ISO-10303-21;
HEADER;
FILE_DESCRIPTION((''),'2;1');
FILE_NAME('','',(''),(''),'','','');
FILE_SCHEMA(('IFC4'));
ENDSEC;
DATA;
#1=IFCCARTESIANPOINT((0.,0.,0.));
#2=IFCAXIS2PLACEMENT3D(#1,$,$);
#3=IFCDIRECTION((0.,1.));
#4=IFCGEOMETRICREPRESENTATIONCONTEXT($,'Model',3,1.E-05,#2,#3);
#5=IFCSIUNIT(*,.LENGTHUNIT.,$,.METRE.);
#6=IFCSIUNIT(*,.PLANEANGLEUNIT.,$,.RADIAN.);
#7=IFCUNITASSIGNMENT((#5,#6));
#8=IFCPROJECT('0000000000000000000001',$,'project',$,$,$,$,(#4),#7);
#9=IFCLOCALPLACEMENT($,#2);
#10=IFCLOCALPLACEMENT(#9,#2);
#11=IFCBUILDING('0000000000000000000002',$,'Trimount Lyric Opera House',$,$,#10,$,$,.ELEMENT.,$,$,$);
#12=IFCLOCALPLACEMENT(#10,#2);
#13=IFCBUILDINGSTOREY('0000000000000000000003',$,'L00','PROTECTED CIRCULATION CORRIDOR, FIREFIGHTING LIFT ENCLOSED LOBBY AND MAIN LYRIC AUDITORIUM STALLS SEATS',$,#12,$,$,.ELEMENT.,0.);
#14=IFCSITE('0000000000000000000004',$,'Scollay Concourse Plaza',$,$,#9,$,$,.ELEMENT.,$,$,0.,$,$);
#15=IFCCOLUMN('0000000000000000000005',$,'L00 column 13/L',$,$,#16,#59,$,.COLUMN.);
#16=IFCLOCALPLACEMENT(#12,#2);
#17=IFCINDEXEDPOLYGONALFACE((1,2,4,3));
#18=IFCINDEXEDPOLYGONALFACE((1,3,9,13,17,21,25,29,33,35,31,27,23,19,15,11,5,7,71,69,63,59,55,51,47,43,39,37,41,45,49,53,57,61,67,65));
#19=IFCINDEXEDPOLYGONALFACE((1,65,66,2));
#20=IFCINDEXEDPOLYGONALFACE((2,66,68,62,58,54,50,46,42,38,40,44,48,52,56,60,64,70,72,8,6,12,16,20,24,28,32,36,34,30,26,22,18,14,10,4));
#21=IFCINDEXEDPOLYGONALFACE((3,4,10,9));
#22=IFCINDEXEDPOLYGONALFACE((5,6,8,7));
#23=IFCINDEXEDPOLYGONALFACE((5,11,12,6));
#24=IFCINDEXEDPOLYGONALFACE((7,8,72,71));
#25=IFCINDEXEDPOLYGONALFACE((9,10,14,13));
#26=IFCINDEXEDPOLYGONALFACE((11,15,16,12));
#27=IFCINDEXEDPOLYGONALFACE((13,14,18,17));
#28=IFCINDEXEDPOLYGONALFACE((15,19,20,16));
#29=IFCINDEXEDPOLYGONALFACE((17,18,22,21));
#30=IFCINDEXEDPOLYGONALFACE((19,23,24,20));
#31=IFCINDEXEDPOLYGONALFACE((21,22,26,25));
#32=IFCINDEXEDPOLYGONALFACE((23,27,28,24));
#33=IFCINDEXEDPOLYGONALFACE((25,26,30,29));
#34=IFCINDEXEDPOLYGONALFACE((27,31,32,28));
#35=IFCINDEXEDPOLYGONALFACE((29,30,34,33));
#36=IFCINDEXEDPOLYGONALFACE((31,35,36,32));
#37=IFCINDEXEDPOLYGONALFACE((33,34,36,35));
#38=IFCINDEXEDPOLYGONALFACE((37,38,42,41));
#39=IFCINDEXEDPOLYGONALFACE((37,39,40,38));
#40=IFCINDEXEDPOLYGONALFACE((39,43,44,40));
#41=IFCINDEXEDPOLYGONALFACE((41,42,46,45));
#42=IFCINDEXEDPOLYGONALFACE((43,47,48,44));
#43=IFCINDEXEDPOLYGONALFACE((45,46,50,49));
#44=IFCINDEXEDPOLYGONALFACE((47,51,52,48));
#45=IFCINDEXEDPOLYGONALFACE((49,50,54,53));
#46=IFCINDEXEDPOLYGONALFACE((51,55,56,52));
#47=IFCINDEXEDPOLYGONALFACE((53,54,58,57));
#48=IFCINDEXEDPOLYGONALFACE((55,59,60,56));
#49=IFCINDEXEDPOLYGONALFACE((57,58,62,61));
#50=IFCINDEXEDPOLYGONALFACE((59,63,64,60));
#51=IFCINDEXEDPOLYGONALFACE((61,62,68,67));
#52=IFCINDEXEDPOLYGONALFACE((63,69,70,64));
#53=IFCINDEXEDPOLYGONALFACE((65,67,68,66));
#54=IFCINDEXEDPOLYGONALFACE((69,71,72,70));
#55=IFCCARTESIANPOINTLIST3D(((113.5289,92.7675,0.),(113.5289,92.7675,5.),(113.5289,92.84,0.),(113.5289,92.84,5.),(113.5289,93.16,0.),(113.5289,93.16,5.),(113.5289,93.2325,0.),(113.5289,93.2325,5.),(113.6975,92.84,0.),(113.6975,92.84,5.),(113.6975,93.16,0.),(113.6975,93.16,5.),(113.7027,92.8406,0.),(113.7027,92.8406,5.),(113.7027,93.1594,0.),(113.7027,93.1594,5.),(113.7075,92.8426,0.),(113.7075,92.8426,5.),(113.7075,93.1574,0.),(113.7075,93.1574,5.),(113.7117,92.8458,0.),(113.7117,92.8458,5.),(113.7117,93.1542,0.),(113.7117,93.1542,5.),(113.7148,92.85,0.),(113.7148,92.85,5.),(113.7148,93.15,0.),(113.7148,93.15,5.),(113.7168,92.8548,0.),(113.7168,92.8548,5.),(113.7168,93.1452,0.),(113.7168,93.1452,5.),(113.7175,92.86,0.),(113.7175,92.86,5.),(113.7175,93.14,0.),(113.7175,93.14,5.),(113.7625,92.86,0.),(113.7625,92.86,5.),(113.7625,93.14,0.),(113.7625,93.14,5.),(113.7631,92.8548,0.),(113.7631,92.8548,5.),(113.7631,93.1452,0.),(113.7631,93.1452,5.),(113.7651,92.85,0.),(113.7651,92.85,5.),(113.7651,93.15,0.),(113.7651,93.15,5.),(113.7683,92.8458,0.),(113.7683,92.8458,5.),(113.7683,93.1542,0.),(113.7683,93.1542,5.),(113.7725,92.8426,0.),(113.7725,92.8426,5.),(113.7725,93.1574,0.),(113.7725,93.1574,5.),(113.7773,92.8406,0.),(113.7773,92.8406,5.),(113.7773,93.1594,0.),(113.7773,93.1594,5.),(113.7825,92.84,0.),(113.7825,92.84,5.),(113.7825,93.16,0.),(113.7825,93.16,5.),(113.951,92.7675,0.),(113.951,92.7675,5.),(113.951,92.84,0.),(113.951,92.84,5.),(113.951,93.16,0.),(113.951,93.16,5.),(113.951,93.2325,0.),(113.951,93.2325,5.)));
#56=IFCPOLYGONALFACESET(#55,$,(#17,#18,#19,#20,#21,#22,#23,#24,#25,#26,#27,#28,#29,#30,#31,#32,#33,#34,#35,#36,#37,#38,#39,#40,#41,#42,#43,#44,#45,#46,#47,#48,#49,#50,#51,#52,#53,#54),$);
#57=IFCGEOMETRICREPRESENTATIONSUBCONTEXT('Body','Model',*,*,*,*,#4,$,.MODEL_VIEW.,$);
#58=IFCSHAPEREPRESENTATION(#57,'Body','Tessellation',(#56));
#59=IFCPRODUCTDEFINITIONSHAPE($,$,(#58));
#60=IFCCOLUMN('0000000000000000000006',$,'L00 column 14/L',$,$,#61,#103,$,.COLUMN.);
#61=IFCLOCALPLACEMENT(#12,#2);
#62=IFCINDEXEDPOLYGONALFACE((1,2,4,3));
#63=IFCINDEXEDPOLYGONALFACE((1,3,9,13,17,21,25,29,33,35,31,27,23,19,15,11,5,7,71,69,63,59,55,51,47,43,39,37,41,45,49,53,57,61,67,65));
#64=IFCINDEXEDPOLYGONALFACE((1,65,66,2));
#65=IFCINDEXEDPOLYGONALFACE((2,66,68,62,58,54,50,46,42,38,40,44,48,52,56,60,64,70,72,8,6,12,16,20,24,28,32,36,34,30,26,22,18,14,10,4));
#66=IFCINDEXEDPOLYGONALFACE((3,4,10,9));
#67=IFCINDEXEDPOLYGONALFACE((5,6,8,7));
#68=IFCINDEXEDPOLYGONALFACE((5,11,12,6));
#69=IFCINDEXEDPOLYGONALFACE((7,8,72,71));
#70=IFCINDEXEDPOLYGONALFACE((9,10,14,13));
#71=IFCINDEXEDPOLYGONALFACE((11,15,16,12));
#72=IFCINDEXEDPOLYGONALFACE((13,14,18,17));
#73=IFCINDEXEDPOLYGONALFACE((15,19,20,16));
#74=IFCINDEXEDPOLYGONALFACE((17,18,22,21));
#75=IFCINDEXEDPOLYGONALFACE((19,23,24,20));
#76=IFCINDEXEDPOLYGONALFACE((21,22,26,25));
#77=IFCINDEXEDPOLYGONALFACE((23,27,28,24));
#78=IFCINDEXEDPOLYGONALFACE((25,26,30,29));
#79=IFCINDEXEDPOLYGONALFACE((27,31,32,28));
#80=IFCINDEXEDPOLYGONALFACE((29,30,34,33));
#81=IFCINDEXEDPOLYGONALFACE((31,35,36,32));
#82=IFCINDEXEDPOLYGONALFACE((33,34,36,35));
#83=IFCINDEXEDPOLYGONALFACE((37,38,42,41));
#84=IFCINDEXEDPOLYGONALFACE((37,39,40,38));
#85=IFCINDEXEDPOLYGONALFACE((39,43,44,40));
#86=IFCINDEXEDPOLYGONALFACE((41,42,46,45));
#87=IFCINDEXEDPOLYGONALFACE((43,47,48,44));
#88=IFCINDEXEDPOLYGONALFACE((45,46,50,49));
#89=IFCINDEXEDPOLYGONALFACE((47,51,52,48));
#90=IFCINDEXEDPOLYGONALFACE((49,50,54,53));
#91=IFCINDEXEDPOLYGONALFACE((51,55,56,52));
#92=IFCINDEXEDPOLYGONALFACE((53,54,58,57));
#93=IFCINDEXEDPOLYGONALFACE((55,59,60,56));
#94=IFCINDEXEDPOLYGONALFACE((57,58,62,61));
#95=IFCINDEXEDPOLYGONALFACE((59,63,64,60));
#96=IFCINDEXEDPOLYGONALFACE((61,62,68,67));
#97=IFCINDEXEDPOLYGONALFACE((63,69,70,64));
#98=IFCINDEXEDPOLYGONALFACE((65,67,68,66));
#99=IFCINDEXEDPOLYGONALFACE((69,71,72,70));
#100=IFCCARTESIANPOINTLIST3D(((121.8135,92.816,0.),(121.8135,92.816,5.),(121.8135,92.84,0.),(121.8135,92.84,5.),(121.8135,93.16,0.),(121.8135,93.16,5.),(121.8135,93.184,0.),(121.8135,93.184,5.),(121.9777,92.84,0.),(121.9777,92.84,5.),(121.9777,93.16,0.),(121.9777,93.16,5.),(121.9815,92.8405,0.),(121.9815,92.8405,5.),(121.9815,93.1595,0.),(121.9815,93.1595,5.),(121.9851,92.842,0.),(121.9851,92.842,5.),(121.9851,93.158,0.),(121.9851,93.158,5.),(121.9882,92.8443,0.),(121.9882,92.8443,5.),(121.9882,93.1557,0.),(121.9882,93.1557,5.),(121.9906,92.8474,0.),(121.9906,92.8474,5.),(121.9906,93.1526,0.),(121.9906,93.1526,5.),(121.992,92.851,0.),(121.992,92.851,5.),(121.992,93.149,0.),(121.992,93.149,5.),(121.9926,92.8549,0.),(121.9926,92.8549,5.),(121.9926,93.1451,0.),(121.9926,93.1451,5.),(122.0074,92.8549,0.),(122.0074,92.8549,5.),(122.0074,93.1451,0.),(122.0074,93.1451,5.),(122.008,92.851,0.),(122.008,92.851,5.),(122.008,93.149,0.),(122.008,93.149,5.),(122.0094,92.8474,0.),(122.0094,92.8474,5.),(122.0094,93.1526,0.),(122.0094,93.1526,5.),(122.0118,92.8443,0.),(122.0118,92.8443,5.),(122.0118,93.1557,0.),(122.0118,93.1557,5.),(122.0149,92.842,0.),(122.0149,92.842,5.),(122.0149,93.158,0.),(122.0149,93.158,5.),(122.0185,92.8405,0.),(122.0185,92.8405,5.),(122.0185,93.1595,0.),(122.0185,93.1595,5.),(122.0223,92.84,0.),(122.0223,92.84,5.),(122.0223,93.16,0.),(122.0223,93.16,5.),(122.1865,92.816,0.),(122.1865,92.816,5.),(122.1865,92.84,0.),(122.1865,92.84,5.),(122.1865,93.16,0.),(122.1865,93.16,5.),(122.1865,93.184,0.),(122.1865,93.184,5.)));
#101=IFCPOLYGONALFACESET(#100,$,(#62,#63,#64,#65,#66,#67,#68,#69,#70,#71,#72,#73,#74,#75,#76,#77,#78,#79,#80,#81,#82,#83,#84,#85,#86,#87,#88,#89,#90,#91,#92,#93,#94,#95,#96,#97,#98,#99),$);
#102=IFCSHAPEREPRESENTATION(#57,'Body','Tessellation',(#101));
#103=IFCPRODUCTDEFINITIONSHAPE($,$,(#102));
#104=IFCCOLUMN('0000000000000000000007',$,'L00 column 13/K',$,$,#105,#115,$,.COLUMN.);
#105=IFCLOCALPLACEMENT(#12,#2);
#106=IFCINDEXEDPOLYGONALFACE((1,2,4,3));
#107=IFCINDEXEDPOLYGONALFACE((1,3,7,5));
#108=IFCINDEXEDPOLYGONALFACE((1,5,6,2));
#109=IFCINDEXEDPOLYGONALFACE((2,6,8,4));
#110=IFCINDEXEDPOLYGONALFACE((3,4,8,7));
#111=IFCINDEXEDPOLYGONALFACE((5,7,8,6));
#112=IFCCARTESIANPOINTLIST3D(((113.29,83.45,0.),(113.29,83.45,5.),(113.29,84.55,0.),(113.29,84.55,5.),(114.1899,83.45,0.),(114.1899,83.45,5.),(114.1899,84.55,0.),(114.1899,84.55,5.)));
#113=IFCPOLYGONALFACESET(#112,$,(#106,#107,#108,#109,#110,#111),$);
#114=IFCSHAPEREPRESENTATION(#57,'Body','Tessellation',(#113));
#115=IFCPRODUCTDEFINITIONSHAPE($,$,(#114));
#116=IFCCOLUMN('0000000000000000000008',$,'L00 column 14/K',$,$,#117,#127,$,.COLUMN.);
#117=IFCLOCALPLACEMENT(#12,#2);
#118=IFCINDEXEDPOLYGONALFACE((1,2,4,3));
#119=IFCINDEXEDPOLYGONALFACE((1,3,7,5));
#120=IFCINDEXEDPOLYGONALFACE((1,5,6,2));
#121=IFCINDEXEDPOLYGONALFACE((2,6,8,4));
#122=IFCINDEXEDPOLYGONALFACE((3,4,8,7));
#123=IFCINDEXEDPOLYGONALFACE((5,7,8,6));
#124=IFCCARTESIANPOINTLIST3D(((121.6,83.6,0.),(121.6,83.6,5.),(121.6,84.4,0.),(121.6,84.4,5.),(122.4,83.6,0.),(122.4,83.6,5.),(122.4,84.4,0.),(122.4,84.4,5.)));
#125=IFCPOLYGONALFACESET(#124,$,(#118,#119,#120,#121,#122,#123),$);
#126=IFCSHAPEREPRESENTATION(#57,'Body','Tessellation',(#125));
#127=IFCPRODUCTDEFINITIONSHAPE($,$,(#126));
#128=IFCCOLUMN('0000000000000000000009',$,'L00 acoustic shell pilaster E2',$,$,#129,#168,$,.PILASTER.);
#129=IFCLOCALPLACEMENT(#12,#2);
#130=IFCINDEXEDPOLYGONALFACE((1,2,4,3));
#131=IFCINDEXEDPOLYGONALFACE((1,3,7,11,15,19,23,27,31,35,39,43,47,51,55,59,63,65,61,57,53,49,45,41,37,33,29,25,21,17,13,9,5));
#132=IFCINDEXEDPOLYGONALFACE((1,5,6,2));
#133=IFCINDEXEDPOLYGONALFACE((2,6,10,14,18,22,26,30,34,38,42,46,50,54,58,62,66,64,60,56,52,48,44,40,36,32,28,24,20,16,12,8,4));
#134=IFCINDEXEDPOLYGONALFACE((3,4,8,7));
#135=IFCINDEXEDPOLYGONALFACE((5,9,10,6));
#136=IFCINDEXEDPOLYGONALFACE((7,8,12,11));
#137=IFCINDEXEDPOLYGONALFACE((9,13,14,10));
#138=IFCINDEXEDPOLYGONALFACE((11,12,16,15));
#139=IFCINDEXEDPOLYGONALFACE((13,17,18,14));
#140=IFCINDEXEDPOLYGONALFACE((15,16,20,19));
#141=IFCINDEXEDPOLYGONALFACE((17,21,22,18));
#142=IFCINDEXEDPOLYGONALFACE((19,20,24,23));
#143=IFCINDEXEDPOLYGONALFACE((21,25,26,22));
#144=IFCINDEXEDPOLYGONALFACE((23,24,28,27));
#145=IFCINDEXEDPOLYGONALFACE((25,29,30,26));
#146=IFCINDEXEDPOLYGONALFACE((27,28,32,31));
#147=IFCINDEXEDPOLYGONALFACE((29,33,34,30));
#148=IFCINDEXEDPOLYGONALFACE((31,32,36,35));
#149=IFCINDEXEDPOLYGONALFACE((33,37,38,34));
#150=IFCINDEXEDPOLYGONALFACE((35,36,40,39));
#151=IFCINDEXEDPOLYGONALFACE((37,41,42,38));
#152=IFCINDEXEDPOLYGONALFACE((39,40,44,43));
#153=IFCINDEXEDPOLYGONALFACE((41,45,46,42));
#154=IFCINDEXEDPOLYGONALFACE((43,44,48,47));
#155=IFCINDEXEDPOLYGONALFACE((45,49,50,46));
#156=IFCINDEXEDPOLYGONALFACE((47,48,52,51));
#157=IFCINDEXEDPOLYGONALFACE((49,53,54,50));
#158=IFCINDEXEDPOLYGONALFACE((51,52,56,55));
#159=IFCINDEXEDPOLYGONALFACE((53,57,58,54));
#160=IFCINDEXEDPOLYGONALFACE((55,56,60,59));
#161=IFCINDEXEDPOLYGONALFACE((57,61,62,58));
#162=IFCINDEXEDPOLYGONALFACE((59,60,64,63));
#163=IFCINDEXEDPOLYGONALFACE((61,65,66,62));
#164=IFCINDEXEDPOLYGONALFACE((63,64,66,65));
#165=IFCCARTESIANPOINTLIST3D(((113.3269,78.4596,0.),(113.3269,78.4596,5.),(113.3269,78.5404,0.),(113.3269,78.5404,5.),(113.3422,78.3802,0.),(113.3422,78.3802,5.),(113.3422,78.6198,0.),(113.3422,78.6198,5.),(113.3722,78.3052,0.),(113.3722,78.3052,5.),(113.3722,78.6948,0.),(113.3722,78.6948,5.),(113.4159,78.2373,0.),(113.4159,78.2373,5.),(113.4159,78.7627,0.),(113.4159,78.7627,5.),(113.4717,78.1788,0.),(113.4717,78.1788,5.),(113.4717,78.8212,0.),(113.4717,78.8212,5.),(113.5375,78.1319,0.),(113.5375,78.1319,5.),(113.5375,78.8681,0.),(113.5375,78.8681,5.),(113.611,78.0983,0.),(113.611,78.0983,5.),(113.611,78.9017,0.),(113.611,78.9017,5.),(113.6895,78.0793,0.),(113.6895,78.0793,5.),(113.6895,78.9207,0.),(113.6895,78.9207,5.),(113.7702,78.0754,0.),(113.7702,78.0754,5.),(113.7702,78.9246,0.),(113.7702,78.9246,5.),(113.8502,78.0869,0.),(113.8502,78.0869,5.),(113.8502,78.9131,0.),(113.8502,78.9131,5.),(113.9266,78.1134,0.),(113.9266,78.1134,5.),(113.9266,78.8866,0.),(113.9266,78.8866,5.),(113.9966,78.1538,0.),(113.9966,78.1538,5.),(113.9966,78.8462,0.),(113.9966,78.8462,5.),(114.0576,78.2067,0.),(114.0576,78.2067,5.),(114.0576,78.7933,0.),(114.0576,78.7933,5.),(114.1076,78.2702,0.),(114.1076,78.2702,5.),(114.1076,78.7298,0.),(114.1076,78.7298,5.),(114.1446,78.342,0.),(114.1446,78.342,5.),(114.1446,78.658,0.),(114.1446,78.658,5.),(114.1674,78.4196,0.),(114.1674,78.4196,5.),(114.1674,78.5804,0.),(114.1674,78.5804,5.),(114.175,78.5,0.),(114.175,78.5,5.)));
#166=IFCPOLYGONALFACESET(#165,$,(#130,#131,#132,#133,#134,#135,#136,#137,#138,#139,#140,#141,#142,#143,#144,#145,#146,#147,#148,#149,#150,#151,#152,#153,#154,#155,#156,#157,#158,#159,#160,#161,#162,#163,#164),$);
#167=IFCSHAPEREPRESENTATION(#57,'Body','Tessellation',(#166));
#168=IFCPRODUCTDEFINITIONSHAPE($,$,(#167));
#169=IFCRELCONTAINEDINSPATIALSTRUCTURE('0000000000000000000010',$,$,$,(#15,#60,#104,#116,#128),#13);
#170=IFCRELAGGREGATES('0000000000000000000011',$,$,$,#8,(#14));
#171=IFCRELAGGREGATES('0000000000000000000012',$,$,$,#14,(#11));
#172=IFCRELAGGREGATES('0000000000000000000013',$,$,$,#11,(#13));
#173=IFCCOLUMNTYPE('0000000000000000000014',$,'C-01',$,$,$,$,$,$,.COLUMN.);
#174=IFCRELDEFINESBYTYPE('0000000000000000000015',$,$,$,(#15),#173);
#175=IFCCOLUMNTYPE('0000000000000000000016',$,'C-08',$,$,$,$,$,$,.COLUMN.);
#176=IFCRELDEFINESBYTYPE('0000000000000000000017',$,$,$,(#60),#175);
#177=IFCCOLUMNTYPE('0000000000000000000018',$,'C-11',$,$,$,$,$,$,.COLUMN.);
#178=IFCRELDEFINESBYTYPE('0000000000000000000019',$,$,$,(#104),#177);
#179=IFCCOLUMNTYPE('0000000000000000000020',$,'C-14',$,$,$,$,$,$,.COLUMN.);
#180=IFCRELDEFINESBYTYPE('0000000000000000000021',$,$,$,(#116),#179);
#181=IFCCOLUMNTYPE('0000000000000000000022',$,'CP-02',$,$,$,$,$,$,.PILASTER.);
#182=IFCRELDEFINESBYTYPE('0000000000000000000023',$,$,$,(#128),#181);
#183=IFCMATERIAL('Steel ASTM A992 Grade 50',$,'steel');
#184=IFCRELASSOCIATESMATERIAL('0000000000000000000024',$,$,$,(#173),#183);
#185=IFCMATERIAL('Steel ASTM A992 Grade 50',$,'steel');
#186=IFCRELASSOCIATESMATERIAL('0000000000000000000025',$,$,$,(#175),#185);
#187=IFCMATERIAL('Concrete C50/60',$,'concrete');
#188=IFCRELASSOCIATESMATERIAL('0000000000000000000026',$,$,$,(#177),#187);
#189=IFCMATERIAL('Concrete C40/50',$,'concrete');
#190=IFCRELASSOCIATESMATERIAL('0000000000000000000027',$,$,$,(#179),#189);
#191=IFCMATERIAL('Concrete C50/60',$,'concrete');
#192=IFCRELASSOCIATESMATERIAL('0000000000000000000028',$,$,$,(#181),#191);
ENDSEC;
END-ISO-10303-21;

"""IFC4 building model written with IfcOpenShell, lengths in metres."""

from ifc_helpers import new_model, si_unit, direction, frame, origin, origin_2d, place, context, subcontext, project, spatial, rectangle, circle, i_section, extrude, material, material_profile, profile_set, type_object, element, save


model = new_model("IFC4")

# Units and contexts
model_context = context("Model", 3, precision=1e-05, world=origin(), true_north=direction((0.0, 1.0)))
body_context = subcontext(model_context, "Body", "Model", "MODEL_VIEW")
ifc_project = project(units=[si_unit("LENGTHUNIT", "METRE"), si_unit("PLANEANGLEUNIT", "RADIAN")], contexts=[model_context])

# Site, building, storey
site_placement = place(None, origin())
site = spatial("IfcSite", under=ifc_project, at=site_placement, Name="Scollay Concourse Plaza", CompositionType="ELEMENT", RefElevation=0.0)
building_placement = place(site_placement, origin())
building = spatial("IfcBuilding", under=site, at=building_placement, Name="Trimount Lyric Opera House", CompositionType="ELEMENT")
storey_placement = place(building_placement, origin())
storey = spatial("IfcBuildingStorey", under=building, at=storey_placement, Name="L00", Description="PROTECTED CIRCULATION CORRIDOR, FIREFIGHTING LIFT ENCLOSED LOBBY AND MAIN LYRIC AUDITORIUM STALLS SEATS", CompositionType="ELEMENT", Elevation=0.0)

# Columns
ifc_material_1 = material(Name="Steel ASTM A992 Grade 50", Category="steel")
ifc_material_profile_1 = material_profile(ifc_material_1, i_section(OverallWidth=0.4221, OverallDepth=0.4651, WebThickness=0.0449, FlangeThickness=0.0725, FilletRadius=0.02, at=origin_2d()), Name="W14X398")
ifc_profile_set_1 = profile_set([ifc_material_profile_1], Name="Steel ASTM A992 Grade 50")
column_type_1 = type_object("IfcColumnType", Name="C-01", PredefinedType="COLUMN", material=ifc_profile_set_1)
column_1_placement = place(storey_placement, frame((113.74, 93.0, 0.0), z_axis=(0.0, 0.0, 1.0), x_axis=(1.0, 0.0, 0.0)))
element("IfcColumn", 1, at=column_1_placement, inside=storey, type_object=column_type_1, Name="L00 column 13/L", PredefinedType="COLUMN", context=body_context, shape_type="SweptSolid", body=[
    extrude(i_section(OverallWidth=0.4221, OverallDepth=0.4651, WebThickness=0.0449, FlangeThickness=0.0725, FilletRadius=0.02, at=origin_2d()), origin(), (0.0, 0.0, 1.0), 5.0),
])
ifc_material_2 = material(Name="Steel ASTM A992 Grade 50", Category="steel")
ifc_material_profile_2 = material_profile(ifc_material_2, i_section(OverallWidth=0.373, OverallDepth=0.3679, WebThickness=0.0149, FlangeThickness=0.0239, FilletRadius=0.0149, at=origin_2d()), Name="W14X120")
ifc_profile_set_2 = profile_set([ifc_material_profile_2], Name="Steel ASTM A992 Grade 50")
column_type_2 = type_object("IfcColumnType", Name="C-08", PredefinedType="COLUMN", material=ifc_profile_set_2)
column_2_placement = place(storey_placement, frame((122.0, 93.0, 0.0), z_axis=(0.0, 0.0, 1.0), x_axis=(1.0, 0.0, 0.0)))
element("IfcColumn", 2, at=column_2_placement, inside=storey, type_object=column_type_2, Name="L00 column 14/L", PredefinedType="COLUMN", context=body_context, shape_type="SweptSolid", body=[
    extrude(i_section(OverallWidth=0.373, OverallDepth=0.3679, WebThickness=0.0149, FlangeThickness=0.0239, FilletRadius=0.0149, at=origin_2d()), origin(), (0.0, 0.0, 1.0), 5.0),
])
ifc_material_3 = material(Name="Concrete C50/60", Category="concrete")
ifc_material_profile_3 = material_profile(ifc_material_3, rectangle(XDim=0.8999, YDim=1.1001, at=origin_2d()), Name="RC1100X900")
ifc_profile_set_3 = profile_set([ifc_material_profile_3], Name="Concrete C50/60")
column_type_3 = type_object("IfcColumnType", Name="C-11", PredefinedType="COLUMN", material=ifc_profile_set_3)
column_3_placement = place(storey_placement, frame((113.74, 84.0, 0.0), z_axis=(0.0, 0.0, 1.0), x_axis=(1.0, 0.0, 0.0)))
element("IfcColumn", 3, at=column_3_placement, inside=storey, type_object=column_type_3, Name="L00 column 13/K", PredefinedType="COLUMN", context=body_context, shape_type="SweptSolid", body=[
    extrude(rectangle(XDim=0.8999, YDim=1.1001, at=origin_2d()), origin(), (0.0, 0.0, 1.0), 5.0),
])
ifc_material_4 = material(Name="Concrete C40/50", Category="concrete")
ifc_material_profile_4 = material_profile(ifc_material_4, rectangle(XDim=0.8, YDim=0.8, at=origin_2d()), Name="RC800X800")
ifc_profile_set_4 = profile_set([ifc_material_profile_4], Name="Concrete C40/50")
column_type_4 = type_object("IfcColumnType", Name="C-14", PredefinedType="COLUMN", material=ifc_profile_set_4)
column_4_placement = place(storey_placement, frame((122.0, 84.0, 0.0), z_axis=(0.0, 0.0, 1.0), x_axis=(1.0, 0.0, 0.0)))
element("IfcColumn", 4, at=column_4_placement, inside=storey, type_object=column_type_4, Name="L00 column 14/K", PredefinedType="COLUMN", context=body_context, shape_type="SweptSolid", body=[
    extrude(rectangle(XDim=0.8, YDim=0.8, at=origin_2d()), origin(), (0.0, 0.0, 1.0), 5.0),
])
ifc_material_5 = material(Name="Concrete C50/60", Category="concrete")
ifc_material_profile_5 = material_profile(ifc_material_5, circle(Radius=0.425, at=origin_2d()), Name="RC-D850")
ifc_profile_set_5 = profile_set([ifc_material_profile_5], Name="Concrete C50/60")
column_type_5 = type_object("IfcColumnType", Name="CP-02", PredefinedType="PILASTER", material=ifc_profile_set_5)
column_5_placement = place(storey_placement, frame((113.75, 78.5, 0.0), z_axis=(0.0, 0.0, 1.0), x_axis=(1.0, 0.0, 0.0)))
element("IfcColumn", 5, at=column_5_placement, inside=storey, type_object=column_type_5, Name="L00 acoustic shell pilaster E2", PredefinedType="PILASTER", context=body_context, shape_type="SweptSolid", body=[
    extrude(circle(Radius=0.425, at=origin_2d()), origin(), (0.0, 0.0, 1.0), 5.0),
])

save(model, "model.ifc")
